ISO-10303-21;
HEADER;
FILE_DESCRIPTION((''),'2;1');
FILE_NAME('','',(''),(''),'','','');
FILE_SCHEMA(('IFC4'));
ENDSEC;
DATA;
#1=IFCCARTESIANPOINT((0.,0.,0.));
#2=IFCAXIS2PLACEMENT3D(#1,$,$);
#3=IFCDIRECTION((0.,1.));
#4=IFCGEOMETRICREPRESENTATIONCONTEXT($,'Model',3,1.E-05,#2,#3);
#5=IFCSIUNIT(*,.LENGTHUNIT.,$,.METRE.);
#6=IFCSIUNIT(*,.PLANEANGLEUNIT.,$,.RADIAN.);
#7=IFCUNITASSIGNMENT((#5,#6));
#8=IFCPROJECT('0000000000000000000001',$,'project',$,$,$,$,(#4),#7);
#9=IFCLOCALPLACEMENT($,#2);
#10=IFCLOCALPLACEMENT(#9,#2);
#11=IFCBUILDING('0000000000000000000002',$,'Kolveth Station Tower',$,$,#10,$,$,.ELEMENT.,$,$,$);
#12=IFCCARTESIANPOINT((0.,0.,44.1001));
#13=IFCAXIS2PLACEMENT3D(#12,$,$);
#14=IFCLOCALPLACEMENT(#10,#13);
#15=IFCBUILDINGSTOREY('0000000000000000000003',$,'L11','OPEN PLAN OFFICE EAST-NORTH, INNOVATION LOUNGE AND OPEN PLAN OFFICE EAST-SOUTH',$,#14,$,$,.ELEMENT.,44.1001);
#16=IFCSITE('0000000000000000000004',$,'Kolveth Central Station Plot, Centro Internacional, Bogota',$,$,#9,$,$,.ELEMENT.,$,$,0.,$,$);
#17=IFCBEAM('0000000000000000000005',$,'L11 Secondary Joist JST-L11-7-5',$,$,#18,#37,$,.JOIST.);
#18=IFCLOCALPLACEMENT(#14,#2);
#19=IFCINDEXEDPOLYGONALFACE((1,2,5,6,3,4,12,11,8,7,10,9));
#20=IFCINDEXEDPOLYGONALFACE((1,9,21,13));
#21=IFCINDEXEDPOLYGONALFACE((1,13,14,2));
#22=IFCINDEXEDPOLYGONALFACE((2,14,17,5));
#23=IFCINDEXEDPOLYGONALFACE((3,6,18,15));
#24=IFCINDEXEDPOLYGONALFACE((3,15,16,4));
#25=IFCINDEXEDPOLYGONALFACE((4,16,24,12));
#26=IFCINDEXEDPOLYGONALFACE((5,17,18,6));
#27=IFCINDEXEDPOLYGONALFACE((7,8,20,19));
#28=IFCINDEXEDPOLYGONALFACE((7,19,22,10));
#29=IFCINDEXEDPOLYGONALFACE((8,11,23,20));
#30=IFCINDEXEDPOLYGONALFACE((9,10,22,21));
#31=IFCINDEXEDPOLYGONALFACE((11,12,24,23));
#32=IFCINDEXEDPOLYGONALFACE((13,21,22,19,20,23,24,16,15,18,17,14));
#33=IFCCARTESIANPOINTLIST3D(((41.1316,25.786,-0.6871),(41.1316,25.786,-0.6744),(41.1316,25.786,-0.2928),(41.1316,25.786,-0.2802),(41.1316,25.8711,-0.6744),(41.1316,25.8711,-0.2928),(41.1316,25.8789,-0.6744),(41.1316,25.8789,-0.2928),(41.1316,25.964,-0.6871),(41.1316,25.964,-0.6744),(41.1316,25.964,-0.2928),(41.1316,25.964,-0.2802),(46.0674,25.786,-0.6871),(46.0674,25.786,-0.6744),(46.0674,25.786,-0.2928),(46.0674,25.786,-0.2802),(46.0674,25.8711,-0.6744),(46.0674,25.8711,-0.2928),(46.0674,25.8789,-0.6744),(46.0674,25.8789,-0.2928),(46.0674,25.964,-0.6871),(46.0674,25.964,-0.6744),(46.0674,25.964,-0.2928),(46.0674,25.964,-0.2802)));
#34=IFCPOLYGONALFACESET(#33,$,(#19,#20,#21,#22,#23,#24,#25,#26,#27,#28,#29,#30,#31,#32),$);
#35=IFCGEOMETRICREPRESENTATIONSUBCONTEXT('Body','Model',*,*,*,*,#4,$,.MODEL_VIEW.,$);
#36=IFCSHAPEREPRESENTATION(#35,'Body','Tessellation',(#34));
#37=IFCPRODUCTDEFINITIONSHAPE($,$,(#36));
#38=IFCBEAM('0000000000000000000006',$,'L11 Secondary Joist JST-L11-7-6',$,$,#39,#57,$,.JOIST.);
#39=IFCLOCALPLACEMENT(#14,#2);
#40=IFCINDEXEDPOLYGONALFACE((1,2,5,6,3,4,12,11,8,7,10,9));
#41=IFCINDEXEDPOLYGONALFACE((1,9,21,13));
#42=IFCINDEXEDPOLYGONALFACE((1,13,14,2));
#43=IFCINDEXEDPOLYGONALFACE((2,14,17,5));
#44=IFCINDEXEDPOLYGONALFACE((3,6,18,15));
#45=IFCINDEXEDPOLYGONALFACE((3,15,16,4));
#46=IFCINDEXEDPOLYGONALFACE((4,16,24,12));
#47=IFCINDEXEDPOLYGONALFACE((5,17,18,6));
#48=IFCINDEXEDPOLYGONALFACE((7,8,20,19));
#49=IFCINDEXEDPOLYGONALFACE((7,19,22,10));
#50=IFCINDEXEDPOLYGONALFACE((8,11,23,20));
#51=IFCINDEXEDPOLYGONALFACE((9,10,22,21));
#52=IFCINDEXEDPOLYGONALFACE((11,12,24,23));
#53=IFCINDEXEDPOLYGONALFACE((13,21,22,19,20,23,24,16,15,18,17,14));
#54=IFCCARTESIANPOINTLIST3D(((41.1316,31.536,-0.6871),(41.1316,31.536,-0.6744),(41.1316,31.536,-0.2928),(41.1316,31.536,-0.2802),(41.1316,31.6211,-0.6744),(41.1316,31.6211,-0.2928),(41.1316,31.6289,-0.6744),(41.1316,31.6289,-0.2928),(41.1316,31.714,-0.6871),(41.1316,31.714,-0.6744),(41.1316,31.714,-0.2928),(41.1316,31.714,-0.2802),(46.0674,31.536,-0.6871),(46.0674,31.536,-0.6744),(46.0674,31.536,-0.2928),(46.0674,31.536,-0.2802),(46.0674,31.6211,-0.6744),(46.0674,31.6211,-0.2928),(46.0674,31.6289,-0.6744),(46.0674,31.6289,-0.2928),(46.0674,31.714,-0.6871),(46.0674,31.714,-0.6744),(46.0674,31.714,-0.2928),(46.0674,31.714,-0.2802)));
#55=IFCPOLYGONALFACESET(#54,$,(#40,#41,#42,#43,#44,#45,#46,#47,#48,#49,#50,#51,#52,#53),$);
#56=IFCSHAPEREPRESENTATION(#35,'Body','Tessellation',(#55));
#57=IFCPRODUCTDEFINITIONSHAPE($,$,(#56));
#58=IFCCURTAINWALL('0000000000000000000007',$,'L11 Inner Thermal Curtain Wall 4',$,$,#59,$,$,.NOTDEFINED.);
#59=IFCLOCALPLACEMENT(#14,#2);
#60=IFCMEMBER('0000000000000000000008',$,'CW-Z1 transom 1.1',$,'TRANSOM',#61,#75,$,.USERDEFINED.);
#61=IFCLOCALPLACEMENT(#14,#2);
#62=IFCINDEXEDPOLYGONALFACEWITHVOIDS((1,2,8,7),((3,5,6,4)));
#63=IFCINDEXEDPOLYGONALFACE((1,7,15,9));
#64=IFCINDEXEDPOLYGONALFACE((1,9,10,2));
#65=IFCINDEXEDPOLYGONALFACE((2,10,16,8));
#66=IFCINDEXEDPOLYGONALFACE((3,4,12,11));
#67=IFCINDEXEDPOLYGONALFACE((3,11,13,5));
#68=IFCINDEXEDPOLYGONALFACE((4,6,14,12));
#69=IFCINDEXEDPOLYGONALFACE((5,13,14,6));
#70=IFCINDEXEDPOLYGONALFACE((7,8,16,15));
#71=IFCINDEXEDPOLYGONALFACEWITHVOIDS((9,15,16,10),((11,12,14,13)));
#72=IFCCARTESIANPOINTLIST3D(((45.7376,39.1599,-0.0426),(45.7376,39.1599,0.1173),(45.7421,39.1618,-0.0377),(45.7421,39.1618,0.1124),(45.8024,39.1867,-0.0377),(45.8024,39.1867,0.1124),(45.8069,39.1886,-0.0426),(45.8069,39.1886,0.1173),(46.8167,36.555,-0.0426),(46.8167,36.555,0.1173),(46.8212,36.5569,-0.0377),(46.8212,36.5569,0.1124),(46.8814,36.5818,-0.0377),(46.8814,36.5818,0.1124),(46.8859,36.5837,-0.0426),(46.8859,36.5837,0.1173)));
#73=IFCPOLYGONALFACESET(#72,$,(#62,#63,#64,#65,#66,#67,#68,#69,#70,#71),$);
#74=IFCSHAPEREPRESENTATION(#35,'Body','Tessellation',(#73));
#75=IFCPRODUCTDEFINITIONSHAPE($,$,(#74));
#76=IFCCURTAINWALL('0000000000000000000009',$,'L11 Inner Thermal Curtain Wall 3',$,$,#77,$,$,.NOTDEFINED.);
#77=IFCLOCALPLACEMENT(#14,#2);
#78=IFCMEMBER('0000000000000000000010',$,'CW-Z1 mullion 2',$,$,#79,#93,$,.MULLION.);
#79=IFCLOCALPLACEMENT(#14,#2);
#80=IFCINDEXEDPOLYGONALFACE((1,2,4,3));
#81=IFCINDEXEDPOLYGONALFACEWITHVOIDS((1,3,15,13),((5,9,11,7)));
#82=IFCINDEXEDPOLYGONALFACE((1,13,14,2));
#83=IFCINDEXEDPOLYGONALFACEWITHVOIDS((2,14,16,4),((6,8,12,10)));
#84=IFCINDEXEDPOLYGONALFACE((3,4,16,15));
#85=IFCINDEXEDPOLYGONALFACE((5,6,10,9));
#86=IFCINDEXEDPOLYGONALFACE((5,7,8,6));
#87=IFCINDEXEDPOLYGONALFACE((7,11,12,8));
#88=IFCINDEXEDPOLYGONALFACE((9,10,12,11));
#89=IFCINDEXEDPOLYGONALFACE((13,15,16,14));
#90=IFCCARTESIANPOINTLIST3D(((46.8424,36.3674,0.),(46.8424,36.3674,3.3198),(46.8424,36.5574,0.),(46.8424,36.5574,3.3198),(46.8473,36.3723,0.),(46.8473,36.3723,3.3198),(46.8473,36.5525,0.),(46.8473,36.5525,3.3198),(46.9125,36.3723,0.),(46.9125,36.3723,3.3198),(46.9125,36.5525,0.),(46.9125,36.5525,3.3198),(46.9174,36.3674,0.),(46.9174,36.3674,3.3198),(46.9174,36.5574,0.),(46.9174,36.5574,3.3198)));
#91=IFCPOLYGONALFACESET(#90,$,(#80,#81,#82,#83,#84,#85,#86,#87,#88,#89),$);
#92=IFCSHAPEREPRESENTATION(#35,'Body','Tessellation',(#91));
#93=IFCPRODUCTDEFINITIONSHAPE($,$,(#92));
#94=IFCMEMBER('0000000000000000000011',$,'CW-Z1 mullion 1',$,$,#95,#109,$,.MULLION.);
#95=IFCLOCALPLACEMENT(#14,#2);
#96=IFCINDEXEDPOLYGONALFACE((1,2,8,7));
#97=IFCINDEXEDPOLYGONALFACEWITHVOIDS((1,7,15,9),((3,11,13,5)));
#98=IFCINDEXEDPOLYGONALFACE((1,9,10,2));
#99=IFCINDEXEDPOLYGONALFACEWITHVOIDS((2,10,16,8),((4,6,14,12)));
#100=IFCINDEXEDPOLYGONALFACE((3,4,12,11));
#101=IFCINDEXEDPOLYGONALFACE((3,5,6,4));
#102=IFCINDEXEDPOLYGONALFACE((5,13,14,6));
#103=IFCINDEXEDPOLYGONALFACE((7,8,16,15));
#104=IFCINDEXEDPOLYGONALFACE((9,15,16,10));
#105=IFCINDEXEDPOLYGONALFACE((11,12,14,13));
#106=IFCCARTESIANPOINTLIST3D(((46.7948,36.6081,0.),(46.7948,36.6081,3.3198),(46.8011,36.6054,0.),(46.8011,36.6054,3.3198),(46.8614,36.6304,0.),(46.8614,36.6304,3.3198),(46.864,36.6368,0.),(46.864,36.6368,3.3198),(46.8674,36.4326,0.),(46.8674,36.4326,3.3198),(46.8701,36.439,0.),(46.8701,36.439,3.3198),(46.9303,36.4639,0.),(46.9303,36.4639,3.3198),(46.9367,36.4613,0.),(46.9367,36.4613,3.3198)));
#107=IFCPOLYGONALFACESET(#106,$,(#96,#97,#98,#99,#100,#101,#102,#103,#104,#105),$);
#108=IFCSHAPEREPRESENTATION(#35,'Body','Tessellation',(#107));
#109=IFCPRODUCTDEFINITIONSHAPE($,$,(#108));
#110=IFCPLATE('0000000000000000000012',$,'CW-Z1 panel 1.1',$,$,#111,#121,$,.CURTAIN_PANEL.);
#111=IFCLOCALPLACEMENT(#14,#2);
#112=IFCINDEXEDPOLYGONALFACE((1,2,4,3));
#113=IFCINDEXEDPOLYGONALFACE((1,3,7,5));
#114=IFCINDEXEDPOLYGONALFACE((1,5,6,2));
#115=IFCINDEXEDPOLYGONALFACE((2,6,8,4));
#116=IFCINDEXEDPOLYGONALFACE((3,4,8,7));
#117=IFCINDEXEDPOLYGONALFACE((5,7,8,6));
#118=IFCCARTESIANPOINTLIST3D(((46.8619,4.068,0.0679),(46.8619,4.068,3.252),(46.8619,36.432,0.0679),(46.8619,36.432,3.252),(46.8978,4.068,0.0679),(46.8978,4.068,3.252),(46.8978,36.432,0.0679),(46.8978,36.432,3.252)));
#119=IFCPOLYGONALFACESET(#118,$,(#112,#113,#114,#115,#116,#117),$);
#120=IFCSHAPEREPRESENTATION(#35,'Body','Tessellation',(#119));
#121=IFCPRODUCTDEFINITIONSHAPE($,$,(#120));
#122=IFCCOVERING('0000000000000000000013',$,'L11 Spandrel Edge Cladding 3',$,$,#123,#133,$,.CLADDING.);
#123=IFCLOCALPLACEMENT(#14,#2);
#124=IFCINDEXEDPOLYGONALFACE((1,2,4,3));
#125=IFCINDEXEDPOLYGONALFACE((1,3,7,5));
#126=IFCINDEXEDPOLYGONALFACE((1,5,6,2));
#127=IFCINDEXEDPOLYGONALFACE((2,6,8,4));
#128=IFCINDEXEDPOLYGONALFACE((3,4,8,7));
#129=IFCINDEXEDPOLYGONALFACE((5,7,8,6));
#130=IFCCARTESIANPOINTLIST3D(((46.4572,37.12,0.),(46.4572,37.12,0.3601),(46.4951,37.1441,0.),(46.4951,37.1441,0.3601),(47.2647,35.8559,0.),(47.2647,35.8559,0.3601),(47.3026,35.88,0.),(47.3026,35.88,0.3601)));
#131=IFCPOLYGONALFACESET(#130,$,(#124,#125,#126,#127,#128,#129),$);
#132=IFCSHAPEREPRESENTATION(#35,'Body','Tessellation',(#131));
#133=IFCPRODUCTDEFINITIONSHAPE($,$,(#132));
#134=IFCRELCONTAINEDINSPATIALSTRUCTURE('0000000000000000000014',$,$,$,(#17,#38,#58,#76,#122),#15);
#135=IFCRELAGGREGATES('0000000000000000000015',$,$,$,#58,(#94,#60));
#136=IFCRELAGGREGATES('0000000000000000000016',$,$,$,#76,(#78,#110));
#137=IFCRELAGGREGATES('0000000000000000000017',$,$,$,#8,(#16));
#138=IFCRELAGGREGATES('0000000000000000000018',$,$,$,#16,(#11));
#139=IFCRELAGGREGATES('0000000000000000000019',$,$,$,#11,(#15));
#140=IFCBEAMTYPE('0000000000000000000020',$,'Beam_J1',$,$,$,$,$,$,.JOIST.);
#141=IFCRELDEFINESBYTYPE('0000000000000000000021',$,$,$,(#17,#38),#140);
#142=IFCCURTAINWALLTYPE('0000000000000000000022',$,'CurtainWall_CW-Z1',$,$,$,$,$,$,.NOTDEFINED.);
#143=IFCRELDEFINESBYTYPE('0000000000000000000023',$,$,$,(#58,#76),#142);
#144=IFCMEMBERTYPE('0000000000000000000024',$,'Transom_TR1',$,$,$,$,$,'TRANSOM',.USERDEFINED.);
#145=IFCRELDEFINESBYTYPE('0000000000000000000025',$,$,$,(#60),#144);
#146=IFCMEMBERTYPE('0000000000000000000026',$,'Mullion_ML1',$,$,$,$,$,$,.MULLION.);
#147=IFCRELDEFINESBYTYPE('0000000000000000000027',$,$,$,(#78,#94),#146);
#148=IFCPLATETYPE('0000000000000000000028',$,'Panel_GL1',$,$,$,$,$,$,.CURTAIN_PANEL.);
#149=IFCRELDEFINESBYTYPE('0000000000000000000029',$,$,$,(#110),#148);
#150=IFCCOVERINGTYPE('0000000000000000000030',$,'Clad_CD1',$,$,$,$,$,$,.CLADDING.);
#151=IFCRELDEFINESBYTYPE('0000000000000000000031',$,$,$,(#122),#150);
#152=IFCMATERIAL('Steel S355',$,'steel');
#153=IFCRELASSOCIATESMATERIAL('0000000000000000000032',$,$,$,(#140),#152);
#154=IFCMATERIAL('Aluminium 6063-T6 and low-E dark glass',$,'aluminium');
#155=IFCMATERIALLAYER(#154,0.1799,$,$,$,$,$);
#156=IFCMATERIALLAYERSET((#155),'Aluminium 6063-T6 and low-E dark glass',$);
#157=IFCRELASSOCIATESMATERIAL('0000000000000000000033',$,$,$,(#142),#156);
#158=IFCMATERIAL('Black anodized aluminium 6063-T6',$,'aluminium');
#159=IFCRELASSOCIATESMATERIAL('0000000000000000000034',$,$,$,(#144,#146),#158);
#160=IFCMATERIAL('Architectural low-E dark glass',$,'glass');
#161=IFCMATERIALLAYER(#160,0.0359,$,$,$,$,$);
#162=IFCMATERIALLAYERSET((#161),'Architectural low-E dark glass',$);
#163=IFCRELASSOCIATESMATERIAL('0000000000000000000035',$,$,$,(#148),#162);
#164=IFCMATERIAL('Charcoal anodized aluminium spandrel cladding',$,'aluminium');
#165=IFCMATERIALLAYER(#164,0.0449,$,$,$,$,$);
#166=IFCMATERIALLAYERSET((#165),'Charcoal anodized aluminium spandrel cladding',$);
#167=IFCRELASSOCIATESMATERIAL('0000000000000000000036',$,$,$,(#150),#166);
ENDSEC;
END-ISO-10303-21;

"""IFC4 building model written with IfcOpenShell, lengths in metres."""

from ifc_helpers import new_model, si_unit, direction, frame, origin, origin_2d, place, context, subcontext, project, spatial, rectangle, hollow_rectangle, i_section, extrude, source, transform, mapped, material, layer, layer_set, material_profile, profile_set, type_object, element, aggregate, save


model = new_model("IFC4")

# Units and contexts
model_context = context("Model", 3, precision=1e-05, world=origin(), true_north=direction((0.0, 1.0)))
body_context = subcontext(model_context, "Body", "Model", "MODEL_VIEW")
ifc_project = project(units=[si_unit("LENGTHUNIT", "METRE"), si_unit("PLANEANGLEUNIT", "RADIAN")], contexts=[model_context])

# Site, building, storey
site_placement = place(None, origin())
site = spatial("IfcSite", under=ifc_project, at=site_placement, Name="Kolveth Central Station Plot, Centro Internacional, Bogota", CompositionType="ELEMENT", RefElevation=0.0)
building_placement = place(site_placement, origin())
building = spatial("IfcBuilding", under=site, at=building_placement, Name="Kolveth Station Tower", CompositionType="ELEMENT")
storey_placement = place(building_placement, frame((0.0, 0.0, 44.1001)))
storey = spatial("IfcBuildingStorey", under=building, at=storey_placement, Name="L11", Description="OPEN PLAN OFFICE EAST-NORTH, INNOVATION LOUNGE AND OPEN PLAN OFFICE EAST-SOUTH", CompositionType="ELEMENT", Elevation=44.1001)

# Shared definitions
ifc_material_1 = material(Name="Steel S355", Category="steel")

# Beams
ifc_material_profile_1 = material_profile(ifc_material_1, i_section(OverallWidth=0.178, OverallDepth=0.407, WebThickness=0.0078, FlangeThickness=0.0127, at=origin_2d()), Name="W410x60")
ifc_profile_set_1 = profile_set([ifc_material_profile_1], Name="Steel S355")
beam_type_1 = type_object("IfcBeamType", Name="Beam_J1", PredefinedType="JOIST", material=ifc_profile_set_1)
shared_shape_1 = source(origin(), body_context, "Body", "SweptSolid", [
    extrude(i_section(OverallWidth=0.178, OverallDepth=0.407, WebThickness=0.0078, FlangeThickness=0.0127, at=origin_2d()), origin(), (0.0, 0.0, 1.0), 4.9358),
])
for number, where, z_axis, x_axis, name in (
    (1, (41.1316, 25.875, -0.4836), (1.0, 0.0, 0.0), (0.0, 1.0, 0.0), "L11 Secondary Joist JST-L11-7-5"),
    (2, (41.1316, 31.625, -0.4836), (1.0, 0.0, 0.0), (0.0, 1.0, 0.0), "L11 Secondary Joist JST-L11-7-6"),
):
    element("IfcBeam", number, at=place(storey_placement, frame(where, z_axis=z_axis, x_axis=x_axis)), inside=storey, type_object=beam_type_1, Name=name, PredefinedType="JOIST", context=body_context, shape_type="MappedRepresentation", body=[
        mapped(shared_shape_1, transform((0.0, 0.0, 0.0), x_axis=(1.0, 0.0, 0.0), y_axis=(0.0, 1.0, 0.0), z_axis=(0.0, 0.0, 1.0), scale=1.0)),
    ])

# Curtain walls, members
ifc_material_2 = material(Name="Aluminium 6063-T6 and low-E dark glass", Category="aluminium")
ifc_layer_1 = layer(ifc_material_2, 0.1799)
ifc_layer_set_1 = layer_set([ifc_layer_1], Name="Aluminium 6063-T6 and low-E dark glass")
curtain_wall_type = type_object("IfcCurtainWallType", Name="CurtainWall_CW-Z1", PredefinedType="NOTDEFINED", material=ifc_layer_set_1)
curtain_wall_1_placement = place(storey_placement, origin())
curtain_wall_1 = element("IfcCurtainWall", 3, at=curtain_wall_1_placement, inside=storey, type_object=curtain_wall_type, Name="L11 Inner Thermal Curtain Wall 4", PredefinedType="NOTDEFINED")
ifc_material_3 = material(Name="Black anodized aluminium 6063-T6", Category="aluminium")
ifc_material_profile_2 = material_profile(ifc_material_3, hollow_rectangle(XDim=0.075, YDim=0.1599, WallThickness=0.0049, at=origin_2d()), Name="ALU-75x160x5")
ifc_profile_set_2 = profile_set([ifc_material_profile_2], Name="Black anodized aluminium 6063-T6")
member_type_1 = type_object("IfcMemberType", Name="Transom_TR1", ElementType="TRANSOM", PredefinedType="USERDEFINED", material=ifc_profile_set_2)
shared_shape_2 = source(origin(), body_context, "Body", "SweptSolid", [
    extrude(hollow_rectangle(XDim=0.075, YDim=0.1599, WallThickness=0.0049, at=origin_2d()), origin(), (0.0, 0.0, 1.0), 2.8196),
])
member_1_placement = place(storey_placement, frame((46.8513, 36.5693, 0.0374), z_axis=(-0.382709, 0.923869, 0.0), x_axis=(-0.923869, -0.382709, 0.0)))
member_1 = element("IfcMember", 4, at=member_1_placement, type_object=member_type_1, Name="CW-Z1 transom 1.1", ObjectType="TRANSOM", PredefinedType="USERDEFINED", context=body_context, shape_type="MappedRepresentation", body=[
    mapped(shared_shape_2, transform((0.0, 0.0, 0.0), x_axis=(1.0, 0.0, 0.0), y_axis=(0.0, 1.0, 0.0), z_axis=(0.0, 0.0, 1.0), scale=1.0)),
])
curtain_wall_2_placement = place(storey_placement, origin())
curtain_wall_2 = element("IfcCurtainWall", 5, at=curtain_wall_2_placement, inside=storey, type_object=curtain_wall_type, Name="L11 Inner Thermal Curtain Wall 3", PredefinedType="NOTDEFINED")
ifc_material_profile_3 = material_profile(ifc_material_3, hollow_rectangle(XDim=0.075, YDim=0.1899, WallThickness=0.0049, at=origin_2d()), Name="ALU-75x190x5")
ifc_profile_set_3 = profile_set([ifc_material_profile_3], Name="Black anodized aluminium 6063-T6")
member_type_2 = type_object("IfcMemberType", Name="Mullion_ML1", PredefinedType="MULLION", material=ifc_profile_set_3)
shared_shape_3 = source(origin(), body_context, "Body", "SweptSolid", [
    extrude(hollow_rectangle(XDim=0.075, YDim=0.1899, WallThickness=0.0049, at=origin_2d()), origin(), (0.0, 0.0, 1.0), 3.3198),
])
member_2_placement = place(storey_placement, frame((46.8799, 36.4624, 0.0), z_axis=(0.0, 0.0, 1.0), x_axis=(-1.0, 0.0, 0.0)))
member_2 = element("IfcMember", 6, at=member_2_placement, type_object=member_type_2, Name="CW-Z1 mullion 2", PredefinedType="MULLION", context=body_context, shape_type="MappedRepresentation", body=[
    mapped(shared_shape_3, transform((0.0, 0.0, 0.0), x_axis=(1.0, 0.0, 0.0), y_axis=(0.0, 1.0, 0.0), z_axis=(0.0, 0.0, 1.0), scale=1.0)),
])

# Member
member_3_placement = place(storey_placement, frame((46.8657, 36.5347, 0.0), z_axis=(0.0, 0.0, 1.0), x_axis=(-0.923884, -0.382673, 0.0)))
member_3 = element("IfcMember", 7, at=member_3_placement, type_object=member_type_2, Name="CW-Z1 mullion 1", PredefinedType="MULLION", context=body_context, shape_type="MappedRepresentation", body=[
    mapped(shared_shape_3, transform((0.0, 0.0, 0.0), x_axis=(1.0, 0.0, 0.0), y_axis=(0.0, 1.0, 0.0), z_axis=(0.0, 0.0, 1.0), scale=1.0)),
])
aggregate(curtain_wall_1, [member_3, member_1])

# Plate
ifc_material_4 = material(Name="Architectural low-E dark glass", Category="glass")
ifc_layer_2 = layer(ifc_material_4, 0.0359)
ifc_layer_set_2 = layer_set([ifc_layer_2], Name="Architectural low-E dark glass")
plate_type = type_object("IfcPlateType", Name="Panel_GL1", PredefinedType="CURTAIN_PANEL", material=ifc_layer_set_2)
shared_shape_4 = source(origin(), body_context, "Body", "SweptSolid", [
    extrude(rectangle(XDim=32.364, YDim=0.0359, at=origin_2d()), origin(), (0.0, 0.0, 1.0), 3.1841),
])
plate_placement = place(storey_placement, frame((46.8799, 20.25, 0.0679), z_axis=(0.0, 0.0, 1.0), x_axis=(0.0, 1.0, 0.0)))
plate = element("IfcPlate", 8, at=plate_placement, type_object=plate_type, Name="CW-Z1 panel 1.1", PredefinedType="CURTAIN_PANEL", context=body_context, shape_type="MappedRepresentation", body=[
    mapped(shared_shape_4, transform((0.0, 0.0, 0.0), x_axis=(1.0, 0.0, 0.0), y_axis=(0.0, 1.0, 0.0), z_axis=(0.0, 0.0, 1.0), scale=1.0)),
])
aggregate(curtain_wall_2, [member_2, plate])

# Covering
ifc_material_5 = material(Name="Charcoal anodized aluminium spandrel cladding", Category="aluminium")
ifc_layer_3 = layer(ifc_material_5, 0.0449)
ifc_layer_set_3 = layer_set([ifc_layer_3], Name="Charcoal anodized aluminium spandrel cladding")
covering_type = type_object("IfcCoveringType", Name="Clad_CD1", PredefinedType="CLADDING", material=ifc_layer_set_3)
shared_shape_5 = source(origin(), body_context, "Body", "SweptSolid", [
    extrude(rectangle(XDim=1.5, YDim=0.0449, at=origin_2d()), origin(), (0.0, 0.0, 1.0), 0.3601),
])
covering_placement = place(storey_placement, frame((46.8799, 36.5, 0.0), z_axis=(0.0, 0.0, 1.0), x_axis=(-0.53833, 0.842734, 0.0)))
element("IfcCovering", 9, at=covering_placement, inside=storey, type_object=covering_type, Name="L11 Spandrel Edge Cladding 3", PredefinedType="CLADDING", context=body_context, shape_type="MappedRepresentation", body=[
    mapped(shared_shape_5, transform((0.0, 0.0, 0.0), x_axis=(1.0, 0.0, 0.0), y_axis=(0.0, 1.0, 0.0), z_axis=(0.0, 0.0, 1.0), scale=1.0)),
])

save(model, "model.ifc")
